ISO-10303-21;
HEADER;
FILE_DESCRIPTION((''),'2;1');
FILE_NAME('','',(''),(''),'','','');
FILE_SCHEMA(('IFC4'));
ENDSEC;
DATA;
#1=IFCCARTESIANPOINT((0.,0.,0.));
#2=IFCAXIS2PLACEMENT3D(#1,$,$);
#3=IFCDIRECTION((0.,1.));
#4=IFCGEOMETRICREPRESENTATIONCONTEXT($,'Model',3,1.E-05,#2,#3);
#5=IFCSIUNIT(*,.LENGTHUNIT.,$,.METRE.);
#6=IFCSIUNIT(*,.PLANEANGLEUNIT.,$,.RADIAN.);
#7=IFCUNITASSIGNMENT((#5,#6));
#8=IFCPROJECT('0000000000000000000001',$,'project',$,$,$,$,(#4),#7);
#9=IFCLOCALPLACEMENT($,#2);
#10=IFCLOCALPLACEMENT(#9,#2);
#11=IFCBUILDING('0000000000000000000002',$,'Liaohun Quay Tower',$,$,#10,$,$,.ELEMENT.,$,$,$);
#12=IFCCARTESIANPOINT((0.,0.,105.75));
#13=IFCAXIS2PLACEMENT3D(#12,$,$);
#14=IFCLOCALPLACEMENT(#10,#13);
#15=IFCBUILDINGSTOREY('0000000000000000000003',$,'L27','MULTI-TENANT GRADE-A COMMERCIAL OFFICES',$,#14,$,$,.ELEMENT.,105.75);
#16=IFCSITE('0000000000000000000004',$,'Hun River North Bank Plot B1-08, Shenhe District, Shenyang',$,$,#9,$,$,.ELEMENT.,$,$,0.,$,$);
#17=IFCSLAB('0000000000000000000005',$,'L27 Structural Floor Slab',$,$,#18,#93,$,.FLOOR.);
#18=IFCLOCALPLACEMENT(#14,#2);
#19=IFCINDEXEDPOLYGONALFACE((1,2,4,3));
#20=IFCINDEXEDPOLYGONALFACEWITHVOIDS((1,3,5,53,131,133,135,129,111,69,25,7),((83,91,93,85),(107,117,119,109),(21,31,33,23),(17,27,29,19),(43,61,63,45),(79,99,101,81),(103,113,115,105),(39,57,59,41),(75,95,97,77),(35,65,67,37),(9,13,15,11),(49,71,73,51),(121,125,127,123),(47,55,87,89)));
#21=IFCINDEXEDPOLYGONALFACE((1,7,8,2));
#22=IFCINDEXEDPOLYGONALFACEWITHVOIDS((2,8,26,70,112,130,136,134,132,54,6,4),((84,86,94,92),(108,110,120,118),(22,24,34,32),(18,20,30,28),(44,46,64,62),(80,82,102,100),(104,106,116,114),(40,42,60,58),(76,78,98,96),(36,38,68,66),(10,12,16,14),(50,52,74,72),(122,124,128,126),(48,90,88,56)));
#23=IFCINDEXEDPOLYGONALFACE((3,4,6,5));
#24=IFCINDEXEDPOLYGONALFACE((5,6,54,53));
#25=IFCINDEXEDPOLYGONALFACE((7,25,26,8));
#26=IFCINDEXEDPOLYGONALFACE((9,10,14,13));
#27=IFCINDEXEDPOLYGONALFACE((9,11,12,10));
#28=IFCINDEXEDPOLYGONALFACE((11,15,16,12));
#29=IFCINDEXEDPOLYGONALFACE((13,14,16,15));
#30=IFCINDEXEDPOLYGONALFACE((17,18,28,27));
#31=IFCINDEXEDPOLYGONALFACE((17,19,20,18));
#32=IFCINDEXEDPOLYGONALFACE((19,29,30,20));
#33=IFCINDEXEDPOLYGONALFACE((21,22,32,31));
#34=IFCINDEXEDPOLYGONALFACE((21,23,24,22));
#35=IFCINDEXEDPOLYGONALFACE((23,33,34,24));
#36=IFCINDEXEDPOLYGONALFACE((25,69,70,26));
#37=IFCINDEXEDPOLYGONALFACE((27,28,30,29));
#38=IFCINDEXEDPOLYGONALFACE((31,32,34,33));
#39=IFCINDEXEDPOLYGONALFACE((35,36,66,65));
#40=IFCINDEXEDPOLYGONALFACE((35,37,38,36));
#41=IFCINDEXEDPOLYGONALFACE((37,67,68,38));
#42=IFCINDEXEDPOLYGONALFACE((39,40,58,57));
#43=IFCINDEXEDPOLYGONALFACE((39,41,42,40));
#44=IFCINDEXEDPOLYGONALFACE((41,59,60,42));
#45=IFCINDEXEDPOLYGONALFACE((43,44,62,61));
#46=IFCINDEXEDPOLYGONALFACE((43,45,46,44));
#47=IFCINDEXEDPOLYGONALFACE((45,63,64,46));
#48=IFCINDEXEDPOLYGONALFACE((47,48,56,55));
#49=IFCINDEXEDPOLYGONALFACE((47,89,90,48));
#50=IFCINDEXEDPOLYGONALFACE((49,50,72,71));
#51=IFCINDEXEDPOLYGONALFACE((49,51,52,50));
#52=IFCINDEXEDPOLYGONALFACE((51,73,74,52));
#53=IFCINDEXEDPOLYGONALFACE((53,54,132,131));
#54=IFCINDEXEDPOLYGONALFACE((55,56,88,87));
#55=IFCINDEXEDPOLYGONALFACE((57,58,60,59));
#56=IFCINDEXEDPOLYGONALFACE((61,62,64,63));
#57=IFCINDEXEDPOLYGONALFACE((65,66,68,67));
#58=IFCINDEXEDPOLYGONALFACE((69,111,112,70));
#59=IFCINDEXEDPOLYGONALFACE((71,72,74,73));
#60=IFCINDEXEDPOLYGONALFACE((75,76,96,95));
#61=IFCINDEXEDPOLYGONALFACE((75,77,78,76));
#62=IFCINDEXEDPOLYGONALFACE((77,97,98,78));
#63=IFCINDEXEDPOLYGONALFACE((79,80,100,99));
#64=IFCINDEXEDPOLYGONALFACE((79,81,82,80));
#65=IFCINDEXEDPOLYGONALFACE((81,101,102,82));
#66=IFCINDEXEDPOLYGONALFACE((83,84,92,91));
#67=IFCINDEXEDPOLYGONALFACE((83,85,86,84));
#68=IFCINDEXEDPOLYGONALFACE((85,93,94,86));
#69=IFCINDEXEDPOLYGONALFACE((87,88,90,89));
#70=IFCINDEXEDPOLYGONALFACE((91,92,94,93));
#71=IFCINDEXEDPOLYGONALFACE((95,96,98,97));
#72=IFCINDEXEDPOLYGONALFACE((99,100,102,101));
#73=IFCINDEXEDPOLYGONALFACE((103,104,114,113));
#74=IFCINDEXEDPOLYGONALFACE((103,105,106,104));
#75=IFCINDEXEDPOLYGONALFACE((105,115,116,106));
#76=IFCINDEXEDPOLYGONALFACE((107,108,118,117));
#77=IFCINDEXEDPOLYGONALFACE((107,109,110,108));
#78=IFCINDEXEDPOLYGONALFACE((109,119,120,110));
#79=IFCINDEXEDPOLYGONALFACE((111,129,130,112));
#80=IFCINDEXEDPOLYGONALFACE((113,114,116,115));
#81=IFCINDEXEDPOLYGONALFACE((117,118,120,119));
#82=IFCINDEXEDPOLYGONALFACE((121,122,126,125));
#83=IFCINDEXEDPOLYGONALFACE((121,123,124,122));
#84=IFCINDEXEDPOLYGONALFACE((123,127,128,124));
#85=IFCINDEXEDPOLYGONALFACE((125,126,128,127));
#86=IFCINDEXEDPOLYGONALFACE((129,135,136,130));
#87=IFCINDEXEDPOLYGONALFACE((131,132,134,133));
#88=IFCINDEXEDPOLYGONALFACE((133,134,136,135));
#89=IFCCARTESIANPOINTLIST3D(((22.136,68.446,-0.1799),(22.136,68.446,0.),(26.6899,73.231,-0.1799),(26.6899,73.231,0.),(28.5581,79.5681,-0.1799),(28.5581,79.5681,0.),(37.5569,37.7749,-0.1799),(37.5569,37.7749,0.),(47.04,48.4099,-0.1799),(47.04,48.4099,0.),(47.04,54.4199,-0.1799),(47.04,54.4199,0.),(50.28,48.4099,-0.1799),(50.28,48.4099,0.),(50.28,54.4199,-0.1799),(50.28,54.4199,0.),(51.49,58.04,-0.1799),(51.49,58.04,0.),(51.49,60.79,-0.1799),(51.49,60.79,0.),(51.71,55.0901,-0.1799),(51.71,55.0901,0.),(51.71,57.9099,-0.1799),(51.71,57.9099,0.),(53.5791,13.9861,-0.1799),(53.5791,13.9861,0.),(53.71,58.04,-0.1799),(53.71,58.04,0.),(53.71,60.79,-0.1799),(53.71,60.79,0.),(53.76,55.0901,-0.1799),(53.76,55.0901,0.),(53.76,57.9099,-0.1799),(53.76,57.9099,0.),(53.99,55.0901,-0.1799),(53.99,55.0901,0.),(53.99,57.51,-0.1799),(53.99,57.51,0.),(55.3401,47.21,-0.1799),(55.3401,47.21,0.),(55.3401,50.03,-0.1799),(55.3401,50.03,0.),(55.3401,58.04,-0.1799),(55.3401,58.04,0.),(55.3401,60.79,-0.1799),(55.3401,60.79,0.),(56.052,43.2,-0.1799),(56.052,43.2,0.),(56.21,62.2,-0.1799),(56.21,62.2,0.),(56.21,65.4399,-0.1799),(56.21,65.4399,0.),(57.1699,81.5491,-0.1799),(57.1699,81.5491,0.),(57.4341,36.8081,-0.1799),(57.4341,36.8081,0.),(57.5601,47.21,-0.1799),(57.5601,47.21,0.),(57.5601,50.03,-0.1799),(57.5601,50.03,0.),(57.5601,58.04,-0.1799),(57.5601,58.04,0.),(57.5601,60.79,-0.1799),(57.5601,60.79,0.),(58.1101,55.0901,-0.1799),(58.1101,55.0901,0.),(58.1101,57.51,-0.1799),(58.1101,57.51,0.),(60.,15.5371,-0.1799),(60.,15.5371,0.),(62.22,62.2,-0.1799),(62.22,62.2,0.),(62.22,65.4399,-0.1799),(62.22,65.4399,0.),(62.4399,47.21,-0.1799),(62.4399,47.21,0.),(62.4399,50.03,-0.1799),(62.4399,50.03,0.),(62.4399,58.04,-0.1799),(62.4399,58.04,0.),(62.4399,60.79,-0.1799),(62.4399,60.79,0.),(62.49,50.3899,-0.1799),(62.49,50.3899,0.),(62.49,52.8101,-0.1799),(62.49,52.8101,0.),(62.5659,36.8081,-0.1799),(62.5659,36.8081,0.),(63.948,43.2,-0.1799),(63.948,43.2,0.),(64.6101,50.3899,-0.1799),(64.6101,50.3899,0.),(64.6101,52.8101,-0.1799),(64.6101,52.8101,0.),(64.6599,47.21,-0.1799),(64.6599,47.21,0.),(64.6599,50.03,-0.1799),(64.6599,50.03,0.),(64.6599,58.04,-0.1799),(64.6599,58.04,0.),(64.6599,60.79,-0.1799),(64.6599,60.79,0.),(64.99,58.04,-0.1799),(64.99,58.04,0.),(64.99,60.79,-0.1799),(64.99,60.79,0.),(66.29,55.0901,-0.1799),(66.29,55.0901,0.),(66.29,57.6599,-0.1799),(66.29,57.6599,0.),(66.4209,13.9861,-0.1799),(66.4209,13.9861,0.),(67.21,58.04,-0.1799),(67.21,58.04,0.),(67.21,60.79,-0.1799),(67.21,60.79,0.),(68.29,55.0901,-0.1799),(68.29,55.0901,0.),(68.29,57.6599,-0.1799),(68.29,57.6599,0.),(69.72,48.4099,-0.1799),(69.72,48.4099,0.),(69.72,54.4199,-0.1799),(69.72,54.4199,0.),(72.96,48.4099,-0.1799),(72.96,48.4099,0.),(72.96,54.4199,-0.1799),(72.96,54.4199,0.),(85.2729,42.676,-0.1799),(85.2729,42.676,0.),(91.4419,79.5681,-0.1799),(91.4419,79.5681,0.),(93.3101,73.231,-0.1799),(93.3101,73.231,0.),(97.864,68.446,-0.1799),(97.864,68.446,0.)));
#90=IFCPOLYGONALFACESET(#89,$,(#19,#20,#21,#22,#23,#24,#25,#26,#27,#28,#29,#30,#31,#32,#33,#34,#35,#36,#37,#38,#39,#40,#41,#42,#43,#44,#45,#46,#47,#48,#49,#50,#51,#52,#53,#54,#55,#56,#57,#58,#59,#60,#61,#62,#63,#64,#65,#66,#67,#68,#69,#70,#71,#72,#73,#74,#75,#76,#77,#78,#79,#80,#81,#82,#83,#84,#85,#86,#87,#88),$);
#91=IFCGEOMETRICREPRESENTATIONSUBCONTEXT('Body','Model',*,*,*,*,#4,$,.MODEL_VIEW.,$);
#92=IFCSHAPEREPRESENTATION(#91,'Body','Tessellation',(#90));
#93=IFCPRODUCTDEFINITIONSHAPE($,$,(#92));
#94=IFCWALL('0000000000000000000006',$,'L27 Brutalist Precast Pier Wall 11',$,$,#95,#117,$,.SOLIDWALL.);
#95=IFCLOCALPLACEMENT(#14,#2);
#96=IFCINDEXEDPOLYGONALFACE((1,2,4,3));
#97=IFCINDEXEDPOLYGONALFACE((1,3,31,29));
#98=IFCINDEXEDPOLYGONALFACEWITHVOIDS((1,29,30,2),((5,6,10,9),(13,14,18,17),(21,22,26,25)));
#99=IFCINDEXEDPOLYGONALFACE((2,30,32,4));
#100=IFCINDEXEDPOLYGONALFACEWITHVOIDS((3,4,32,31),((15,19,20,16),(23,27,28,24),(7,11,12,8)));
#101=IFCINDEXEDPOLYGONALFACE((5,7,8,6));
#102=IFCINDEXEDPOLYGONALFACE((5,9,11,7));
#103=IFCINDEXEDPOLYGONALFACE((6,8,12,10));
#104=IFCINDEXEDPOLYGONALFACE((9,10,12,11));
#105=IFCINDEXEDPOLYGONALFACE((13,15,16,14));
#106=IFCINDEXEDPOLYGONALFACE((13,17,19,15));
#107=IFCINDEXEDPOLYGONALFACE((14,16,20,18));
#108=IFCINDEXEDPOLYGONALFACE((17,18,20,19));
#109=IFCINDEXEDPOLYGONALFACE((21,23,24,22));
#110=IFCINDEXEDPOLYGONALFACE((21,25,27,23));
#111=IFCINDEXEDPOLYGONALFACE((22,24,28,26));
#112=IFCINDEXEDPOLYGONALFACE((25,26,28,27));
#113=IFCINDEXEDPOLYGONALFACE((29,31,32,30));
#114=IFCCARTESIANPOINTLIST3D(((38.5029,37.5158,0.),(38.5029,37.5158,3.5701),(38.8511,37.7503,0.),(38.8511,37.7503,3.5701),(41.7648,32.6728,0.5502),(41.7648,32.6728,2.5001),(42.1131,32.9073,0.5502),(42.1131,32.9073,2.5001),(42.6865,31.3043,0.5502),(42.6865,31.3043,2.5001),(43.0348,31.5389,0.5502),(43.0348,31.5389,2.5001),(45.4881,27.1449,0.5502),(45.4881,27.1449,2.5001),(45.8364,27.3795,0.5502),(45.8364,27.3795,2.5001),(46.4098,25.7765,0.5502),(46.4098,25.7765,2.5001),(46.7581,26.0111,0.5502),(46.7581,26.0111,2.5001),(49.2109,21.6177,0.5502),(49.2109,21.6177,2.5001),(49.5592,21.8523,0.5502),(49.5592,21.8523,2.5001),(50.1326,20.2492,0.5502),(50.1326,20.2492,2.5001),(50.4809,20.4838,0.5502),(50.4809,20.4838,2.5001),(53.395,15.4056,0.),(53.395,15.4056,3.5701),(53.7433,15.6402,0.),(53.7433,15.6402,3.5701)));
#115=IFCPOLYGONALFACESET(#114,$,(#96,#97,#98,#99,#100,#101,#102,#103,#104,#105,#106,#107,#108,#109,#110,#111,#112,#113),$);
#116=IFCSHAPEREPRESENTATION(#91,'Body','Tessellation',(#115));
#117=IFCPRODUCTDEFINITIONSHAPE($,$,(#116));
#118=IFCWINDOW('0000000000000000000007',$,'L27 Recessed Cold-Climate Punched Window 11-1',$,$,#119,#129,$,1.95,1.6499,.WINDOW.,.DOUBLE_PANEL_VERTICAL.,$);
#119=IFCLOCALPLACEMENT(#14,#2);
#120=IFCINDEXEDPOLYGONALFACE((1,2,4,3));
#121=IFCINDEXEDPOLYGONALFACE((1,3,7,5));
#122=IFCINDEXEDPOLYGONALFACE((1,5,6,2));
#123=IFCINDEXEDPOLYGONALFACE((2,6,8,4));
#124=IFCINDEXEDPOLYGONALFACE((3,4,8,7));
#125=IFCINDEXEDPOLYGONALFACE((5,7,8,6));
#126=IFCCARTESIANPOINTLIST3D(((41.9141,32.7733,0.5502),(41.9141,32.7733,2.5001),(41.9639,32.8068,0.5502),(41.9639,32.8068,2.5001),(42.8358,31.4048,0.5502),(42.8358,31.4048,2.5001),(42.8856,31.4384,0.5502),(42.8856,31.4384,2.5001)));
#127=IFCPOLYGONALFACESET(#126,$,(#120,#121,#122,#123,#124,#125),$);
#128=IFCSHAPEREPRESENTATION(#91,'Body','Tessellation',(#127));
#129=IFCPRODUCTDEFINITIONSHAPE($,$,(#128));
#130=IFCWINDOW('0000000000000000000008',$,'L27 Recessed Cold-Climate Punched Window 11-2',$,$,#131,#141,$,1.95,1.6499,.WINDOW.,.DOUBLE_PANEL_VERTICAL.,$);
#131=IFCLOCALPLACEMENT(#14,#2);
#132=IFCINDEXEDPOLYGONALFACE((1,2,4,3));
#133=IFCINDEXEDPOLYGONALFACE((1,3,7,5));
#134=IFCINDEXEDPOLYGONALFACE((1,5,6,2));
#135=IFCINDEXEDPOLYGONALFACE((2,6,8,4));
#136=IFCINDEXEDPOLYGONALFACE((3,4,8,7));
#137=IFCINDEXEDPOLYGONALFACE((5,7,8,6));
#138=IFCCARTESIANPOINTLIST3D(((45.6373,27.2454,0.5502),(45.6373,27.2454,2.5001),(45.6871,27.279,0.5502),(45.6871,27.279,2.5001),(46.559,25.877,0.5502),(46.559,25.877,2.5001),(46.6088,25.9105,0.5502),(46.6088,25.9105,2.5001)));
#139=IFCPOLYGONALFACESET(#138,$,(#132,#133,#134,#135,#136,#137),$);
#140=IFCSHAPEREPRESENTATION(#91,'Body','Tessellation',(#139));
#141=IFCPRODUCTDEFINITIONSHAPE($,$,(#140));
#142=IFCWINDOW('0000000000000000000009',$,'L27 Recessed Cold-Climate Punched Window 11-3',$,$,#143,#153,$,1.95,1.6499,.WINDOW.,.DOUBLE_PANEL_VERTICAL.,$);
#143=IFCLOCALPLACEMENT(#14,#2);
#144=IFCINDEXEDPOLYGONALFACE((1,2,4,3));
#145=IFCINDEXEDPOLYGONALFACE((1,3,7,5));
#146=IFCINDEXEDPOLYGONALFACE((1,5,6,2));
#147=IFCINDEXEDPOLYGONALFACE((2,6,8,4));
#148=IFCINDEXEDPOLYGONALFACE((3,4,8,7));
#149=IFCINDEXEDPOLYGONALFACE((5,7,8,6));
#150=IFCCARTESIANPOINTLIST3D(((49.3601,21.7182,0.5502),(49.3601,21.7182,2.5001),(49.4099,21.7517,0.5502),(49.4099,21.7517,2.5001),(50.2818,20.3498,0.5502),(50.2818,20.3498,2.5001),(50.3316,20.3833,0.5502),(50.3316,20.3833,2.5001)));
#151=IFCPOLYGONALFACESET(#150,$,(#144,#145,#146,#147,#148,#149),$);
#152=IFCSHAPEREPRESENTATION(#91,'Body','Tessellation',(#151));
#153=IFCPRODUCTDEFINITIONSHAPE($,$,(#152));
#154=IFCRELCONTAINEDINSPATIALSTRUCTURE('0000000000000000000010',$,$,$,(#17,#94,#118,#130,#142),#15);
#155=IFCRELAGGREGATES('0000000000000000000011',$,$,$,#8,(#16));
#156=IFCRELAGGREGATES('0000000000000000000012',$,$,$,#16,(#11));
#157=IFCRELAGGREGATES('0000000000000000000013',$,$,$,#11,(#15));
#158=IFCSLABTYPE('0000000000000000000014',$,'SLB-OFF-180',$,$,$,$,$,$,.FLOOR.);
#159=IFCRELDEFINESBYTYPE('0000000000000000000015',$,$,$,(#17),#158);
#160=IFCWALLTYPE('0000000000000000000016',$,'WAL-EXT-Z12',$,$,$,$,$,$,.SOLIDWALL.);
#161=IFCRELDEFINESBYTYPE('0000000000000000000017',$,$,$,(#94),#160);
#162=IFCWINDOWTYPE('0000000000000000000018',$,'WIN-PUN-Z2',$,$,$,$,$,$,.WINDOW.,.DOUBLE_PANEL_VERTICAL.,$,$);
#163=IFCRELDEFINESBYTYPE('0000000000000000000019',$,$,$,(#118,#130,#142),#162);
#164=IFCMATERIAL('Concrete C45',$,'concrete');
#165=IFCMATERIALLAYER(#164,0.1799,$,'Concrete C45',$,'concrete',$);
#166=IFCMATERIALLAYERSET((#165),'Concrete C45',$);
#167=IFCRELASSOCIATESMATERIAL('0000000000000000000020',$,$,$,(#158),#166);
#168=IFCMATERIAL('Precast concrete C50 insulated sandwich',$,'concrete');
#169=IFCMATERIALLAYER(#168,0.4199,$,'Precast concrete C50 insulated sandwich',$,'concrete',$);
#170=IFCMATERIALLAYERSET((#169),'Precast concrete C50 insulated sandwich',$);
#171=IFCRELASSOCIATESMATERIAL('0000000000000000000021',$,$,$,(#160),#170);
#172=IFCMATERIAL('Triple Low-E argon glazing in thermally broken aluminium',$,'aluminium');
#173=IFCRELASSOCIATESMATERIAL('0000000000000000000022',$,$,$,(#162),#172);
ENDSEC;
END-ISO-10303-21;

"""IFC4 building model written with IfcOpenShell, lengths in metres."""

from ifc_helpers import new_model, si_unit, direction, frame, frame_2d, origin, place, context, subcontext, project, spatial, polyline, rectangle, outline, extrude, source, transform, mapped, material, layer, layer_set, type_object, element, fill, save


model = new_model("IFC4")

# Units and contexts
model_context = context("Model", 3, precision=1e-05, world=origin(), true_north=direction((0.0, 1.0)))
body_context = subcontext(model_context, "Body", "Model", "MODEL_VIEW")
ifc_project = project(units=[si_unit("LENGTHUNIT", "METRE"), si_unit("PLANEANGLEUNIT", "RADIAN")], contexts=[model_context])

# Site, building, storey
site_placement = place(None, origin())
site = spatial("IfcSite", under=ifc_project, at=site_placement, Name="Hun River North Bank Plot B1-08, Shenhe District, Shenyang", CompositionType="ELEMENT", RefElevation=0.0)
building_placement = place(site_placement, origin())
building = spatial("IfcBuilding", under=site, at=building_placement, Name="Liaohun Quay Tower", CompositionType="ELEMENT")
storey_placement = place(building_placement, frame((0.0, 0.0, 105.75)))
storey = spatial("IfcBuildingStorey", under=building, at=storey_placement, Name="L27", Description="MULTI-TENANT GRADE-A COMMERCIAL OFFICES", CompositionType="ELEMENT", Elevation=105.75)

# Shared definitions
ifc_material_1 = material(Name="Concrete C45", Category="concrete")

# Slab
ifc_layer_1 = layer(ifc_material_1, 0.1799, Name="Concrete C45", Category="concrete")
ifc_layer_set_1 = layer_set([ifc_layer_1], Name="Concrete C45")
slab_type_1 = type_object("IfcSlabType", Name="SLB-OFF-180", PredefinedType="FLOOR", material=ifc_layer_set_1)
slab_1_placement = place(storey_placement, frame((0.0, 0.0, -0.1799)))
element("IfcSlab", 1, at=slab_1_placement, inside=storey, type_object=slab_type_1, Name="L27 Structural Floor Slab", PredefinedType="FLOOR", context=body_context, shape_type="SweptSolid", body=[
    extrude(outline(polyline([(53.5791, 13.9861), (60.0, 15.5371), (66.4209, 13.9861), (85.2729, 42.676), (97.864, 68.446), (93.3101, 73.231), (91.4419, 79.5681), (57.1699, 81.5491), (28.5581, 79.5681), (26.6899, 73.231), (22.136, 68.446), (37.5569, 37.7749), (53.5791, 13.9861)]), holes=[polyline([(57.5601, 50.03), (55.3401, 50.03), (55.3401, 47.21), (57.5601, 47.21), (57.5601, 50.03)]), polyline([(50.28, 54.4199), (47.04, 54.4199), (47.04, 48.4099), (50.28, 48.4099), (50.28, 54.4199)]), polyline([(53.99, 55.0901), (58.1101, 55.0901), (58.1101, 57.51), (53.99, 57.51), (53.99, 55.0901)]), polyline([(53.76, 55.0901), (53.76, 57.9099), (51.71, 57.9099), (51.71, 55.0901), (53.76, 55.0901)]), polyline([(53.71, 58.04), (53.71, 60.79), (51.49, 60.79), (51.49, 58.04), (53.71, 58.04)]), polyline([(57.5601, 58.04), (57.5601, 60.79), (55.3401, 60.79), (55.3401, 58.04), (57.5601, 58.04)]), polyline([(62.22, 62.2), (62.22, 65.4399), (56.21, 65.4399), (56.21, 62.2), (62.22, 62.2)]), polyline([(62.5659, 36.8081), (63.948, 43.2), (56.052, 43.2), (57.4341, 36.8081), (62.5659, 36.8081)]), polyline([(64.6599, 47.21), (64.6599, 50.03), (62.4399, 50.03), (62.4399, 47.21), (64.6599, 47.21)]), polyline([(72.96, 54.4199), (69.72, 54.4199), (69.72, 48.4099), (72.96, 48.4099), (72.96, 54.4199)]), polyline([(64.6101, 50.3899), (64.6101, 52.8101), (62.49, 52.8101), (62.49, 50.3899), (64.6101, 50.3899)]), polyline([(68.29, 55.0901), (68.29, 57.6599), (66.29, 57.6599), (66.29, 55.0901), (68.29, 55.0901)]), polyline([(64.6599, 58.04), (64.6599, 60.79), (62.4399, 60.79), (62.4399, 58.04), (64.6599, 58.04)]), polyline([(67.21, 58.04), (67.21, 60.79), (64.99, 60.79), (64.99, 58.04), (67.21, 58.04)])]), origin(), (0.0, 0.0, 1.0), 0.1799),
])

# Wall, openings, windows
ifc_material_2 = material(Name="Precast concrete C50 insulated sandwich", Category="concrete")
ifc_layer_2 = layer(ifc_material_2, 0.4199, Name="Precast concrete C50 insulated sandwich", Category="concrete")
ifc_layer_set_2 = layer_set([ifc_layer_2], Name="Precast concrete C50 insulated sandwich")
wall_type_1 = type_object("IfcWallType", Name="WAL-EXT-Z12", PredefinedType="SOLIDWALL", material=ifc_layer_set_2)
wall_1_placement = place(storey_placement, frame((38.677, 37.6331, 0.0), z_axis=(0.0, 0.0, 1.0), x_axis=(0.558642, -0.829409, 0.0)))
wall_1 = element("IfcWall", 2, at=wall_1_placement, inside=storey, type_object=wall_type_1, Name="L27 Brutalist Precast Pier Wall 11", PredefinedType="SOLIDWALL", context=body_context, shape_type="SweptSolid", body=[
    extrude(rectangle(XDim=26.6577, YDim=0.4199, at=frame_2d((13.3289, 0.0))), origin(), (0.0, 0.0, 1.0), 3.5701),
])
shared_shape_1 = source(origin(), body_context, "Body", "SweptSolid", [
    extrude(rectangle(XDim=1.6499, YDim=1.95, at=frame_2d((0.825, 0.9751))), frame((0.0, 0.22, 0.0), z_axis=(0.0, -1.0, 0.0), x_axis=(1.0, 0.0, 0.0)), (0.0, 0.0, 1.0), 0.4399),
])
opening_1_placement = place(wall_1_placement, frame((5.8391, 0.0, 0.55)))
opening_1 = element("IfcOpeningElement", 3, at=opening_1_placement, cuts=wall_1, PredefinedType="OPENING", context=body_context, shape_type="MappedRepresentation", body=[
    mapped(shared_shape_1, transform((0.0, 0.0, 0.0), x_axis=(1.0, 0.0, 0.0), y_axis=(0.0, 1.0, 0.0), z_axis=(0.0, 0.0, 1.0), scale=1.0)),
])
opening_2_placement = place(wall_1_placement, frame((12.5039, 0.0, 0.55)))
opening_2 = element("IfcOpeningElement", 4, at=opening_2_placement, cuts=wall_1, PredefinedType="OPENING", context=body_context, shape_type="MappedRepresentation", body=[
    mapped(shared_shape_1, transform((0.0, 0.0, 0.0), x_axis=(1.0, 0.0, 0.0), y_axis=(0.0, 1.0, 0.0), z_axis=(0.0, 0.0, 1.0), scale=1.0)),
])
opening_3_placement = place(wall_1_placement, frame((19.168, 0.0, 0.55)))
opening_3 = element("IfcOpeningElement", 5, at=opening_3_placement, cuts=wall_1, PredefinedType="OPENING", context=body_context, shape_type="MappedRepresentation", body=[
    mapped(shared_shape_1, transform((0.0, 0.0, 0.0), x_axis=(1.0, 0.0, 0.0), y_axis=(0.0, 1.0, 0.0), z_axis=(0.0, 0.0, 1.0), scale=1.0)),
])
ifc_material_3 = material(Name="Triple Low-E argon glazing in thermally broken aluminium", Category="aluminium")
window_type = type_object("IfcWindowType", Name="WIN-PUN-Z2", PartitioningType="DOUBLE_PANEL_VERTICAL", PredefinedType="WINDOW", material=ifc_material_3)
shared_shape_2 = source(origin(), body_context, "Body", "SweptSolid", [
    extrude(rectangle(XDim=1.6499, YDim=1.95, at=frame_2d((0.825, 0.9751))), frame((0.0, 0.03, 0.0), z_axis=(0.0, -1.0, 0.0), x_axis=(1.0, 0.0, 0.0)), (0.0, 0.0, 1.0), 0.0601),
])
window_1_placement = place(opening_1_placement, origin())
window_1 = element("IfcWindow", 6, at=window_1_placement, inside=storey, type_object=window_type, Name="L27 Recessed Cold-Climate Punched Window 11-1", OverallHeight=1.95, OverallWidth=1.6499, PartitioningType="DOUBLE_PANEL_VERTICAL", PredefinedType="WINDOW", context=body_context, shape_type="MappedRepresentation", body=[
    mapped(shared_shape_2, transform((0.0, 0.0, 0.0), x_axis=(1.0, 0.0, 0.0), y_axis=(0.0, 1.0, 0.0), z_axis=(0.0, 0.0, 1.0), scale=1.0)),
])
fill(opening_1, window_1)
window_2_placement = place(opening_2_placement, origin())
window_2 = element("IfcWindow", 7, at=window_2_placement, inside=storey, type_object=window_type, Name="L27 Recessed Cold-Climate Punched Window 11-2", OverallHeight=1.95, OverallWidth=1.6499, PartitioningType="DOUBLE_PANEL_VERTICAL", PredefinedType="WINDOW", context=body_context, shape_type="MappedRepresentation", body=[
    mapped(shared_shape_2, transform((0.0, 0.0, 0.0), x_axis=(1.0, 0.0, 0.0), y_axis=(0.0, 1.0, 0.0), z_axis=(0.0, 0.0, 1.0), scale=1.0)),
])
fill(opening_2, window_2)
window_3_placement = place(opening_3_placement, origin())
window_3 = element("IfcWindow", 8, at=window_3_placement, inside=storey, type_object=window_type, Name="L27 Recessed Cold-Climate Punched Window 11-3", OverallHeight=1.95, OverallWidth=1.6499, PartitioningType="DOUBLE_PANEL_VERTICAL", PredefinedType="WINDOW", context=body_context, shape_type="MappedRepresentation", body=[
    mapped(shared_shape_2, transform((0.0, 0.0, 0.0), x_axis=(1.0, 0.0, 0.0), y_axis=(0.0, 1.0, 0.0), z_axis=(0.0, 0.0, 1.0), scale=1.0)),
])
fill(opening_3, window_3)

save(model, "model.ifc")
